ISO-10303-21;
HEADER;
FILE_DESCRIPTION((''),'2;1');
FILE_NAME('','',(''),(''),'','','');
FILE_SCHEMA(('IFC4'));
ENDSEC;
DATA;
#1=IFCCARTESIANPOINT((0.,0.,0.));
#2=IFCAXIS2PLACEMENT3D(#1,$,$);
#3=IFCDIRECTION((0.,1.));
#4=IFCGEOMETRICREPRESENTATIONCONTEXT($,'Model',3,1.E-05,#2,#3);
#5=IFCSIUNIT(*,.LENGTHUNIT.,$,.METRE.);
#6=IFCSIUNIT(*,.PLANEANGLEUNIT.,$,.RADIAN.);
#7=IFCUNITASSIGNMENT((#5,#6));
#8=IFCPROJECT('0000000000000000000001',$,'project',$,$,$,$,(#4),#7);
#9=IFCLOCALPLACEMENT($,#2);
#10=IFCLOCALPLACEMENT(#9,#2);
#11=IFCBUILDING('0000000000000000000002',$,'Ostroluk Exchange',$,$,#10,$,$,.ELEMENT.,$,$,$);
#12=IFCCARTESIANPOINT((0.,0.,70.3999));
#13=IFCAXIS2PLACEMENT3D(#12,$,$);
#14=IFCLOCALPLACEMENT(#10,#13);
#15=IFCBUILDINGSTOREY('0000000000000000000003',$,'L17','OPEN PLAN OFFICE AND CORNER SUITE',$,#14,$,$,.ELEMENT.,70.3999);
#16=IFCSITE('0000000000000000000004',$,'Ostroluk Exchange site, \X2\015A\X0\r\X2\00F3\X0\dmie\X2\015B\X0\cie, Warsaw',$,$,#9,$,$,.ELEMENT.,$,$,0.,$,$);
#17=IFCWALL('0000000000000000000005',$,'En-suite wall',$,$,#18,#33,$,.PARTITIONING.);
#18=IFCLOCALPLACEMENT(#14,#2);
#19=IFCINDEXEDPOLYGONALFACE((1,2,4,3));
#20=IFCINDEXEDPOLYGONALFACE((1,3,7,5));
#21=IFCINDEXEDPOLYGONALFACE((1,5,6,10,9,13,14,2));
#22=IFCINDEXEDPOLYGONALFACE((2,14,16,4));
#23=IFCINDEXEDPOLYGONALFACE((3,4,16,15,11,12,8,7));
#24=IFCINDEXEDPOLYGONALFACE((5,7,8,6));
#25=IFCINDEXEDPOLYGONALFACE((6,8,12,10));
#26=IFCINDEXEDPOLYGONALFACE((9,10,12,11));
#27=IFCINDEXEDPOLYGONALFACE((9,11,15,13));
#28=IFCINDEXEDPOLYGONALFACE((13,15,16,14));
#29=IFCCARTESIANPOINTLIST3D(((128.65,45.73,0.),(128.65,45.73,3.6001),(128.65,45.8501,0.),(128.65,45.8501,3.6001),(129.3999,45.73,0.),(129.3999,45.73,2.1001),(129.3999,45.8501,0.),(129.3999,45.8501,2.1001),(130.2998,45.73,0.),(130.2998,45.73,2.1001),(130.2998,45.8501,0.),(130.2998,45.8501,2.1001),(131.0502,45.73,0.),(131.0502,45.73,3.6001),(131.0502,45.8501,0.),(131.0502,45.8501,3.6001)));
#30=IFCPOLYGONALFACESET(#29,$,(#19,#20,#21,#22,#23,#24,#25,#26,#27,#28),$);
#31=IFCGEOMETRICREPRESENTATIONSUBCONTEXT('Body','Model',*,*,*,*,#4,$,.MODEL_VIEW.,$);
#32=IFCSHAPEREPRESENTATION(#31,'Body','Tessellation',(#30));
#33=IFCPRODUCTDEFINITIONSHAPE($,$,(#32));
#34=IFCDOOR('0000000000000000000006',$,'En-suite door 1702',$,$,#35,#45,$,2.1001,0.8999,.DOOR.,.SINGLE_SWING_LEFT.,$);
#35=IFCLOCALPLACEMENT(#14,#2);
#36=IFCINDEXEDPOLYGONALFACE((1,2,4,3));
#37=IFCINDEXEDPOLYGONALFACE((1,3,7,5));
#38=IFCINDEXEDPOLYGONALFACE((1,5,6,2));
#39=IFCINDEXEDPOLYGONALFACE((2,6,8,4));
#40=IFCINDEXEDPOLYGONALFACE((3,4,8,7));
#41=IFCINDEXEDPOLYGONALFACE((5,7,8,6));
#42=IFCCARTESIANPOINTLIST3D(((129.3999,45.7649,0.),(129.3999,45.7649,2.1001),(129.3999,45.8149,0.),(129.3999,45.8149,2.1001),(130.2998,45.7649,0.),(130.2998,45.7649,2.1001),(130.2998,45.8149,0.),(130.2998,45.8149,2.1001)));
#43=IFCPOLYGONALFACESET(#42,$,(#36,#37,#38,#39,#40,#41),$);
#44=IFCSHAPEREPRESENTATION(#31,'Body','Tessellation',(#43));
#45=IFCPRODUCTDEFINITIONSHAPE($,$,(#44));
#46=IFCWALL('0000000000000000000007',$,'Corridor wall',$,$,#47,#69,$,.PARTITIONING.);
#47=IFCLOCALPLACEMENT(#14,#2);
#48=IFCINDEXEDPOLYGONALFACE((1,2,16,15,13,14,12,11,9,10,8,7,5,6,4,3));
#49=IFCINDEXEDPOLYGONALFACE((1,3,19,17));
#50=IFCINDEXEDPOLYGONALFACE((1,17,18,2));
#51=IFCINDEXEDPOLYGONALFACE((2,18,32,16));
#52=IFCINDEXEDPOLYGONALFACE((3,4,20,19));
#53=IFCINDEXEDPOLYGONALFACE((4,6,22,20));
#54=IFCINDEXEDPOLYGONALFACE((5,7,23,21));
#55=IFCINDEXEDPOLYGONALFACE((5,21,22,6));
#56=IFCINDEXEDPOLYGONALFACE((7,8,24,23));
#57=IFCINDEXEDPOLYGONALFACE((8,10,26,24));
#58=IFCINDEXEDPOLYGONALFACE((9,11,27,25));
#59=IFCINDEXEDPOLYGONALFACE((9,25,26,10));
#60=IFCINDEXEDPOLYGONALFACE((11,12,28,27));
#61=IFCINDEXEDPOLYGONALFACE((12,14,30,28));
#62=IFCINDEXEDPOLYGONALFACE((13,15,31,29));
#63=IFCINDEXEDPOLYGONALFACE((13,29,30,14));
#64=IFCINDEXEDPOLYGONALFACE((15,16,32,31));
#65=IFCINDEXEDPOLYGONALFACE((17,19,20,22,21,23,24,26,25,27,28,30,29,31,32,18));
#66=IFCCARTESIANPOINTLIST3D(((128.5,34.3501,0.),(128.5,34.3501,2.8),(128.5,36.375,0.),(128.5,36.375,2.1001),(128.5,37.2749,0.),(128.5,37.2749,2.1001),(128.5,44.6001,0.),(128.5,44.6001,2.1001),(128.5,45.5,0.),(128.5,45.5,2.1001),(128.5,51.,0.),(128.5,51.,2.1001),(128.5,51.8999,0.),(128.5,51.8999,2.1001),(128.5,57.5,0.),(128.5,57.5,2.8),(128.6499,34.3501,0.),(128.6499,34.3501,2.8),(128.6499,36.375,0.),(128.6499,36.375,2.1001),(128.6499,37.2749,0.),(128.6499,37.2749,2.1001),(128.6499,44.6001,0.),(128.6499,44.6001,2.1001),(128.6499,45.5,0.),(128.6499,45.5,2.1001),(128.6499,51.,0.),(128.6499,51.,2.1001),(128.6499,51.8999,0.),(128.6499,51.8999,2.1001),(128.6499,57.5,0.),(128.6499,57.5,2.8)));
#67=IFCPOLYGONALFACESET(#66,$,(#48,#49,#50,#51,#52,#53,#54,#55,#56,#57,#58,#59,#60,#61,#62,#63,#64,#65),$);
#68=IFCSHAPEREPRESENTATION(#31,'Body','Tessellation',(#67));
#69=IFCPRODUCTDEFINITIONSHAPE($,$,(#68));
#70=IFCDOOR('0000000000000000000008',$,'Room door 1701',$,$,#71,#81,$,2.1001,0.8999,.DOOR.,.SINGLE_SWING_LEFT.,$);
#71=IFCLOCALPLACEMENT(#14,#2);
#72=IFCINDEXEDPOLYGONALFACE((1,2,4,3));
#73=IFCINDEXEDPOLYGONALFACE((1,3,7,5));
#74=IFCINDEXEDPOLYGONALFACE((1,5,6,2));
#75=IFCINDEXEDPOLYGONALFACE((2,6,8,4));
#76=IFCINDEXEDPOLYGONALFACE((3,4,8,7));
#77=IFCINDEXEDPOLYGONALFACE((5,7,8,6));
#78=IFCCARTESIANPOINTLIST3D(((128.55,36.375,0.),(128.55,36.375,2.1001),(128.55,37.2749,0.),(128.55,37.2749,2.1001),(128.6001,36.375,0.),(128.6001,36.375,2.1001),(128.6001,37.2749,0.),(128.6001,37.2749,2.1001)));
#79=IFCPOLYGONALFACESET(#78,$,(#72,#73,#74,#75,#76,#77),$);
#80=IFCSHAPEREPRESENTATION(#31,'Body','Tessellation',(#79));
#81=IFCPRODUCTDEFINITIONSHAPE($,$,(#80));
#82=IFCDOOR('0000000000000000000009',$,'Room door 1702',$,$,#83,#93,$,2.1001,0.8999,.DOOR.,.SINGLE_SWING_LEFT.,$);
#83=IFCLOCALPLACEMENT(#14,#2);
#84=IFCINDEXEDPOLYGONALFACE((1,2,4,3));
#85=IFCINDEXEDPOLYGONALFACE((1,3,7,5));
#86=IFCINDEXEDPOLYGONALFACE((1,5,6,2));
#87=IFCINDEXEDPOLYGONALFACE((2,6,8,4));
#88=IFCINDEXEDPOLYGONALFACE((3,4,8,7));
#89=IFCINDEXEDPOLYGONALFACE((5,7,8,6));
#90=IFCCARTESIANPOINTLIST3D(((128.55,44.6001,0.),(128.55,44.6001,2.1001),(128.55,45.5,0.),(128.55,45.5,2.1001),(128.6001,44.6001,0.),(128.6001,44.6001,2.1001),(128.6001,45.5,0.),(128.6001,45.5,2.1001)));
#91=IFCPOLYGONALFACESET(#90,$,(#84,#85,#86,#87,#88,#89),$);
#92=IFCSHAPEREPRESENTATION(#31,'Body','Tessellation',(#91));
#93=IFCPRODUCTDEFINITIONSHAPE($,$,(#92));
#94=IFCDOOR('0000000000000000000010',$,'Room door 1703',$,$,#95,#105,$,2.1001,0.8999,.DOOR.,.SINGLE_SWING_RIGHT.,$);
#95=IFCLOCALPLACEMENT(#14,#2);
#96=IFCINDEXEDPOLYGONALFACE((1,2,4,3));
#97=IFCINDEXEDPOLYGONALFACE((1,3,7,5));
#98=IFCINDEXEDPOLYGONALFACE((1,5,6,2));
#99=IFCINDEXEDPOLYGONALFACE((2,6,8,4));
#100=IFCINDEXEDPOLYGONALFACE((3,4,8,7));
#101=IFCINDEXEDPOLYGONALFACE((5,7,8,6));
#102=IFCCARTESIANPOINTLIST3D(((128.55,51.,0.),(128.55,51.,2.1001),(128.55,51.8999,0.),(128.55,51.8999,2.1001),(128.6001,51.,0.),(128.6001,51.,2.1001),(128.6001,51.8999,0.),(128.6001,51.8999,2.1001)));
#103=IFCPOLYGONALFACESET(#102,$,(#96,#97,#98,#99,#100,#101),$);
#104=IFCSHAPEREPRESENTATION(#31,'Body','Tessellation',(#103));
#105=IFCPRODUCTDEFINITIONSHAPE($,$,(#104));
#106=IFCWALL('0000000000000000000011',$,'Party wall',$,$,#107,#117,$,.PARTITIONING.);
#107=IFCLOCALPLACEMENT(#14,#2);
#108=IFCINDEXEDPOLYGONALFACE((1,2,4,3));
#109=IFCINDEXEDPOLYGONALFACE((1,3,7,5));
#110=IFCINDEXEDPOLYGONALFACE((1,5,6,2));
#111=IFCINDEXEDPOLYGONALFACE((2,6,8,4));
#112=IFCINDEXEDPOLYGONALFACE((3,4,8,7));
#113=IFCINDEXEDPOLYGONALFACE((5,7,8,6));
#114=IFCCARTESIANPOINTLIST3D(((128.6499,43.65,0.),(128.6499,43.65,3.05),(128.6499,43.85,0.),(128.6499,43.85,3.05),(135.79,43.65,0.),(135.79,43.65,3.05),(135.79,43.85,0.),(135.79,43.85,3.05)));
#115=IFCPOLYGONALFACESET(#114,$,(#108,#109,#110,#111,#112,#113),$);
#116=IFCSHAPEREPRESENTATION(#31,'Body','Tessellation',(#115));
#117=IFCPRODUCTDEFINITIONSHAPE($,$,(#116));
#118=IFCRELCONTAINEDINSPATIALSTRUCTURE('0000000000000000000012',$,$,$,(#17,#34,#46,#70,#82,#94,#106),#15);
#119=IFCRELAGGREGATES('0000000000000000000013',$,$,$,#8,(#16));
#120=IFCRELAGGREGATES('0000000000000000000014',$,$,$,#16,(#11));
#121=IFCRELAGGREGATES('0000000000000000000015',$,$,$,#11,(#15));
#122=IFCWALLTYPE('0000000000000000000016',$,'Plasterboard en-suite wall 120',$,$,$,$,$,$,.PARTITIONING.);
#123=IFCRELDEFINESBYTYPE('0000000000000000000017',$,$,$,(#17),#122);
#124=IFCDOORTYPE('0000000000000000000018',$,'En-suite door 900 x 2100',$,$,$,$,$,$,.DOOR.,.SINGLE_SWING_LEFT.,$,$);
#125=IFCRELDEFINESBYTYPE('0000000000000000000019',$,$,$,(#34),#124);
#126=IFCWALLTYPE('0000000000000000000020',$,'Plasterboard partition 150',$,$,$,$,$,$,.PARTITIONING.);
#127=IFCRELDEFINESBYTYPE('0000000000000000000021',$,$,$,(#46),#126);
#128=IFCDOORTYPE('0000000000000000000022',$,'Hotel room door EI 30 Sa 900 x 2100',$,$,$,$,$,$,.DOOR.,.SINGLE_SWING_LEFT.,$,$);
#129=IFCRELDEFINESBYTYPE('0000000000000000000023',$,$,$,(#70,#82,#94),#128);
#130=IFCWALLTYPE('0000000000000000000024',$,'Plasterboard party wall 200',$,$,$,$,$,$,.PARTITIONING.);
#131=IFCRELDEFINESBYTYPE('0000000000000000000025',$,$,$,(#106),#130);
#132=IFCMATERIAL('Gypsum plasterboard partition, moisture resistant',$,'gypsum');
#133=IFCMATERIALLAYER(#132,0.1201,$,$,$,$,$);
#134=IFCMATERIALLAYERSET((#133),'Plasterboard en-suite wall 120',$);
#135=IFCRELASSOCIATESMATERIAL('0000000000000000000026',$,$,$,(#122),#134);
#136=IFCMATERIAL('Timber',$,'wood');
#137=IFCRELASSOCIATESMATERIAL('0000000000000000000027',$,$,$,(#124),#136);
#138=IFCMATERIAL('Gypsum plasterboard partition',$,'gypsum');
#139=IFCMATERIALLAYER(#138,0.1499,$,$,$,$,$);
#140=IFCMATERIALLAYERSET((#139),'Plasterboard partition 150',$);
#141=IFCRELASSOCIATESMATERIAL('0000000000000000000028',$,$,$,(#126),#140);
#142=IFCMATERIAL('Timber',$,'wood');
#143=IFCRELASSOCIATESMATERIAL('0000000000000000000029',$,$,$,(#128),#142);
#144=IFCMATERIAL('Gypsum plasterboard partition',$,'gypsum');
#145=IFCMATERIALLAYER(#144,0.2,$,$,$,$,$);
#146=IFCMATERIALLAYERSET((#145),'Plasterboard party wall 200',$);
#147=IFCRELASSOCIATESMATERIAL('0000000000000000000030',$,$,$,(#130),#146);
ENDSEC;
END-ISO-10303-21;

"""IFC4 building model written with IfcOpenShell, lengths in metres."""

from ifc_helpers import new_model, si_unit, direction, frame, frame_2d, origin, place, context, subcontext, project, spatial, rectangle, extrude, material, layer, layer_set, type_object, element, fill, save


model = new_model("IFC4")

# Units and contexts
model_context = context("Model", 3, precision=1e-05, world=origin(), true_north=direction((0.0, 1.0)))
body_context = subcontext(model_context, "Body", "Model", "MODEL_VIEW")
ifc_project = project(units=[si_unit("LENGTHUNIT", "METRE"), si_unit("PLANEANGLEUNIT", "RADIAN")], contexts=[model_context])

# Site, building, storey
site_placement = place(None, origin())
site = spatial("IfcSite", under=ifc_project, at=site_placement, Name="Ostroluk Exchange site, Śródmieście, Warsaw", CompositionType="ELEMENT", RefElevation=0.0)
building_placement = place(site_placement, origin())
building = spatial("IfcBuilding", under=site, at=building_placement, Name="Ostroluk Exchange", CompositionType="ELEMENT")
storey_placement = place(building_placement, frame((0.0, 0.0, 70.3999)))
storey = spatial("IfcBuildingStorey", under=building, at=storey_placement, Name="L17", Description="OPEN PLAN OFFICE AND CORNER SUITE", CompositionType="ELEMENT", Elevation=70.3999)

# Shared definitions
ifc_material_1 = material(Name="Gypsum plasterboard partition, moisture resistant", Category="gypsum")
ifc_layer_1 = layer(ifc_material_1, 0.1201)
ifc_layer_set_1 = layer_set([ifc_layer_1], Name="Plasterboard en-suite wall 120")
wall_type_1 = type_object("IfcWallType", Name="Plasterboard en-suite wall 120", PredefinedType="PARTITIONING", material=ifc_layer_set_1)
ifc_material_2 = material(Name="Timber", Category="wood")
door_type_1 = type_object("IfcDoorType", Name="En-suite door 900 x 2100", OperationType="SINGLE_SWING_LEFT", PredefinedType="DOOR", material=ifc_material_2)

# Wall, opening, door
wall_1_placement = place(storey_placement, frame((128.6499, 45.79, 0.0), z_axis=(0.0, 0.0, 1.0), x_axis=(1.0, 0.0, 0.0)))
wall_1 = element("IfcWall", 1, at=wall_1_placement, inside=storey, type_object=wall_type_1, Name="En-suite wall", PredefinedType="PARTITIONING", context=body_context, shape_type="SweptSolid", body=[
    extrude(rectangle(XDim=2.4001, YDim=0.1201, at=frame_2d((1.2002, 0.0))), origin(), (0.0, 0.0, 1.0), 3.6001),
])
opening_1_placement = place(wall_1_placement, frame((0.75, 0.0, 0.0)))
opening_1 = element("IfcOpeningElement", 2, at=opening_1_placement, cuts=wall_1, PredefinedType="OPENING", context=body_context, shape_type="SweptSolid", body=[
    extrude(rectangle(XDim=0.8999, YDim=2.1001, at=frame_2d((0.45, 1.05))), frame((0.0, 0.0701, 0.0), z_axis=(0.0, -1.0, 0.0), x_axis=(1.0, 0.0, 0.0)), (0.0, 0.0, 1.0), 0.1401),
])
door_1_placement = place(opening_1_placement, origin())
door_1 = element("IfcDoor", 3, at=door_1_placement, inside=storey, type_object=door_type_1, Name="En-suite door 1702", OperationType="SINGLE_SWING_LEFT", OverallHeight=2.1001, OverallWidth=0.8999, PredefinedType="DOOR", context=body_context, shape_type="SweptSolid", body=[
    extrude(rectangle(XDim=0.8999, YDim=2.1001, at=frame_2d((0.45, 1.05))), frame((0.0, 0.0249, 0.0), z_axis=(0.0, -1.0, 0.0), x_axis=(1.0, 0.0, 0.0)), (0.0, 0.0, 1.0), 0.05),
])
fill(opening_1, door_1)

# Wall, openings, doors
ifc_material_3 = material(Name="Gypsum plasterboard partition", Category="gypsum")
ifc_layer_2 = layer(ifc_material_3, 0.1499)
ifc_layer_set_2 = layer_set([ifc_layer_2], Name="Plasterboard partition 150")
wall_type_2 = type_object("IfcWallType", Name="Plasterboard partition 150", PredefinedType="PARTITIONING", material=ifc_layer_set_2)
wall_2_placement = place(storey_placement, frame((128.575, 34.3501, 0.0), z_axis=(0.0, 0.0, 1.0), x_axis=(0.0, 1.0, 0.0)))
wall_2 = element("IfcWall", 4, at=wall_2_placement, inside=storey, type_object=wall_type_2, Name="Corridor wall", PredefinedType="PARTITIONING", context=body_context, shape_type="SweptSolid", body=[
    extrude(rectangle(XDim=23.1499, YDim=0.1499, at=frame_2d((11.575, 0.0))), origin(), (0.0, 0.0, 1.0), 2.8),
])
opening_2_placement = place(wall_2_placement, frame((2.0249, 0.0, 0.0)))
opening_2 = element("IfcOpeningElement", 5, at=opening_2_placement, cuts=wall_2, PredefinedType="OPENING", context=body_context, shape_type="SweptSolid", body=[
    extrude(rectangle(XDim=0.8999, YDim=2.1001, at=frame_2d((0.45, 1.05))), frame((0.0, 0.085, 0.0), z_axis=(0.0, -1.0, 0.0), x_axis=(1.0, 0.0, 0.0)), (0.0, 0.0, 1.0), 0.1699),
])
opening_3_placement = place(wall_2_placement, frame((10.25, 0.0, 0.0)))
opening_3 = element("IfcOpeningElement", 6, at=opening_3_placement, cuts=wall_2, PredefinedType="OPENING", context=body_context, shape_type="SweptSolid", body=[
    extrude(rectangle(XDim=0.8999, YDim=2.1001, at=frame_2d((0.45, 1.05))), frame((0.0, 0.085, 0.0), z_axis=(0.0, -1.0, 0.0), x_axis=(1.0, 0.0, 0.0)), (0.0, 0.0, 1.0), 0.1699),
])
opening_4_placement = place(wall_2_placement, frame((16.6499, 0.0, 0.0)))
opening_4 = element("IfcOpeningElement", 7, at=opening_4_placement, cuts=wall_2, PredefinedType="OPENING", context=body_context, shape_type="SweptSolid", body=[
    extrude(rectangle(XDim=0.8999, YDim=2.1001, at=frame_2d((0.45, 1.05))), frame((0.0, 0.085, 0.0), z_axis=(0.0, -1.0, 0.0), x_axis=(1.0, 0.0, 0.0)), (0.0, 0.0, 1.0), 0.1699),
])
ifc_material_4 = material(Name="Timber", Category="wood")
door_type_2 = type_object("IfcDoorType", Name="Hotel room door EI 30 Sa 900 x 2100", OperationType="SINGLE_SWING_LEFT", PredefinedType="DOOR", material=ifc_material_4)
door_2_placement = place(opening_2_placement, origin())
door_2 = element("IfcDoor", 8, at=door_2_placement, inside=storey, type_object=door_type_2, Name="Room door 1701", OperationType="SINGLE_SWING_LEFT", OverallHeight=2.1001, OverallWidth=0.8999, PredefinedType="DOOR", context=body_context, shape_type="SweptSolid", body=[
    extrude(rectangle(XDim=0.8999, YDim=2.1001, at=frame_2d((0.45, 1.05))), frame((0.0, 0.0249, 0.0), z_axis=(0.0, -1.0, 0.0), x_axis=(1.0, 0.0, 0.0)), (0.0, 0.0, 1.0), 0.05),
])
fill(opening_2, door_2)
door_3_placement = place(opening_3_placement, origin())
door_3 = element("IfcDoor", 9, at=door_3_placement, inside=storey, type_object=door_type_2, Name="Room door 1702", OperationType="SINGLE_SWING_LEFT", OverallHeight=2.1001, OverallWidth=0.8999, PredefinedType="DOOR", context=body_context, shape_type="SweptSolid", body=[
    extrude(rectangle(XDim=0.8999, YDim=2.1001, at=frame_2d((0.45, 1.05))), frame((0.0, 0.0249, 0.0), z_axis=(0.0, -1.0, 0.0), x_axis=(1.0, 0.0, 0.0)), (0.0, 0.0, 1.0), 0.05),
])
fill(opening_3, door_3)
door_4_placement = place(opening_4_placement, origin())
door_4 = element("IfcDoor", 10, at=door_4_placement, inside=storey, type_object=door_type_2, Name="Room door 1703", OperationType="SINGLE_SWING_RIGHT", OverallHeight=2.1001, OverallWidth=0.8999, PredefinedType="DOOR", context=body_context, shape_type="SweptSolid", body=[
    extrude(rectangle(XDim=0.8999, YDim=2.1001, at=frame_2d((0.45, 1.05))), frame((0.0, 0.0249, 0.0), z_axis=(0.0, -1.0, 0.0), x_axis=(1.0, 0.0, 0.0)), (0.0, 0.0, 1.0), 0.05),
])
fill(opening_4, door_4)

# Wall
ifc_material_5 = material(Name="Gypsum plasterboard partition", Category="gypsum")
ifc_layer_3 = layer(ifc_material_5, 0.2)
ifc_layer_set_3 = layer_set([ifc_layer_3], Name="Plasterboard party wall 200")
wall_type_3 = type_object("IfcWallType", Name="Plasterboard party wall 200", PredefinedType="PARTITIONING", material=ifc_layer_set_3)
wall_3_placement = place(storey_placement, frame((128.6499, 43.75, 0.0), z_axis=(0.0, 0.0, 1.0), x_axis=(1.0, 0.0, 0.0)))
element("IfcWall", 11, at=wall_3_placement, inside=storey, type_object=wall_type_3, Name="Party wall", PredefinedType="PARTITIONING", context=body_context, shape_type="SweptSolid", body=[
    extrude(rectangle(XDim=7.1401, YDim=0.2, at=frame_2d((3.5701, 0.0))), origin(), (0.0, 0.0, 1.0), 3.05),
])

save(model, "model.ifc")
